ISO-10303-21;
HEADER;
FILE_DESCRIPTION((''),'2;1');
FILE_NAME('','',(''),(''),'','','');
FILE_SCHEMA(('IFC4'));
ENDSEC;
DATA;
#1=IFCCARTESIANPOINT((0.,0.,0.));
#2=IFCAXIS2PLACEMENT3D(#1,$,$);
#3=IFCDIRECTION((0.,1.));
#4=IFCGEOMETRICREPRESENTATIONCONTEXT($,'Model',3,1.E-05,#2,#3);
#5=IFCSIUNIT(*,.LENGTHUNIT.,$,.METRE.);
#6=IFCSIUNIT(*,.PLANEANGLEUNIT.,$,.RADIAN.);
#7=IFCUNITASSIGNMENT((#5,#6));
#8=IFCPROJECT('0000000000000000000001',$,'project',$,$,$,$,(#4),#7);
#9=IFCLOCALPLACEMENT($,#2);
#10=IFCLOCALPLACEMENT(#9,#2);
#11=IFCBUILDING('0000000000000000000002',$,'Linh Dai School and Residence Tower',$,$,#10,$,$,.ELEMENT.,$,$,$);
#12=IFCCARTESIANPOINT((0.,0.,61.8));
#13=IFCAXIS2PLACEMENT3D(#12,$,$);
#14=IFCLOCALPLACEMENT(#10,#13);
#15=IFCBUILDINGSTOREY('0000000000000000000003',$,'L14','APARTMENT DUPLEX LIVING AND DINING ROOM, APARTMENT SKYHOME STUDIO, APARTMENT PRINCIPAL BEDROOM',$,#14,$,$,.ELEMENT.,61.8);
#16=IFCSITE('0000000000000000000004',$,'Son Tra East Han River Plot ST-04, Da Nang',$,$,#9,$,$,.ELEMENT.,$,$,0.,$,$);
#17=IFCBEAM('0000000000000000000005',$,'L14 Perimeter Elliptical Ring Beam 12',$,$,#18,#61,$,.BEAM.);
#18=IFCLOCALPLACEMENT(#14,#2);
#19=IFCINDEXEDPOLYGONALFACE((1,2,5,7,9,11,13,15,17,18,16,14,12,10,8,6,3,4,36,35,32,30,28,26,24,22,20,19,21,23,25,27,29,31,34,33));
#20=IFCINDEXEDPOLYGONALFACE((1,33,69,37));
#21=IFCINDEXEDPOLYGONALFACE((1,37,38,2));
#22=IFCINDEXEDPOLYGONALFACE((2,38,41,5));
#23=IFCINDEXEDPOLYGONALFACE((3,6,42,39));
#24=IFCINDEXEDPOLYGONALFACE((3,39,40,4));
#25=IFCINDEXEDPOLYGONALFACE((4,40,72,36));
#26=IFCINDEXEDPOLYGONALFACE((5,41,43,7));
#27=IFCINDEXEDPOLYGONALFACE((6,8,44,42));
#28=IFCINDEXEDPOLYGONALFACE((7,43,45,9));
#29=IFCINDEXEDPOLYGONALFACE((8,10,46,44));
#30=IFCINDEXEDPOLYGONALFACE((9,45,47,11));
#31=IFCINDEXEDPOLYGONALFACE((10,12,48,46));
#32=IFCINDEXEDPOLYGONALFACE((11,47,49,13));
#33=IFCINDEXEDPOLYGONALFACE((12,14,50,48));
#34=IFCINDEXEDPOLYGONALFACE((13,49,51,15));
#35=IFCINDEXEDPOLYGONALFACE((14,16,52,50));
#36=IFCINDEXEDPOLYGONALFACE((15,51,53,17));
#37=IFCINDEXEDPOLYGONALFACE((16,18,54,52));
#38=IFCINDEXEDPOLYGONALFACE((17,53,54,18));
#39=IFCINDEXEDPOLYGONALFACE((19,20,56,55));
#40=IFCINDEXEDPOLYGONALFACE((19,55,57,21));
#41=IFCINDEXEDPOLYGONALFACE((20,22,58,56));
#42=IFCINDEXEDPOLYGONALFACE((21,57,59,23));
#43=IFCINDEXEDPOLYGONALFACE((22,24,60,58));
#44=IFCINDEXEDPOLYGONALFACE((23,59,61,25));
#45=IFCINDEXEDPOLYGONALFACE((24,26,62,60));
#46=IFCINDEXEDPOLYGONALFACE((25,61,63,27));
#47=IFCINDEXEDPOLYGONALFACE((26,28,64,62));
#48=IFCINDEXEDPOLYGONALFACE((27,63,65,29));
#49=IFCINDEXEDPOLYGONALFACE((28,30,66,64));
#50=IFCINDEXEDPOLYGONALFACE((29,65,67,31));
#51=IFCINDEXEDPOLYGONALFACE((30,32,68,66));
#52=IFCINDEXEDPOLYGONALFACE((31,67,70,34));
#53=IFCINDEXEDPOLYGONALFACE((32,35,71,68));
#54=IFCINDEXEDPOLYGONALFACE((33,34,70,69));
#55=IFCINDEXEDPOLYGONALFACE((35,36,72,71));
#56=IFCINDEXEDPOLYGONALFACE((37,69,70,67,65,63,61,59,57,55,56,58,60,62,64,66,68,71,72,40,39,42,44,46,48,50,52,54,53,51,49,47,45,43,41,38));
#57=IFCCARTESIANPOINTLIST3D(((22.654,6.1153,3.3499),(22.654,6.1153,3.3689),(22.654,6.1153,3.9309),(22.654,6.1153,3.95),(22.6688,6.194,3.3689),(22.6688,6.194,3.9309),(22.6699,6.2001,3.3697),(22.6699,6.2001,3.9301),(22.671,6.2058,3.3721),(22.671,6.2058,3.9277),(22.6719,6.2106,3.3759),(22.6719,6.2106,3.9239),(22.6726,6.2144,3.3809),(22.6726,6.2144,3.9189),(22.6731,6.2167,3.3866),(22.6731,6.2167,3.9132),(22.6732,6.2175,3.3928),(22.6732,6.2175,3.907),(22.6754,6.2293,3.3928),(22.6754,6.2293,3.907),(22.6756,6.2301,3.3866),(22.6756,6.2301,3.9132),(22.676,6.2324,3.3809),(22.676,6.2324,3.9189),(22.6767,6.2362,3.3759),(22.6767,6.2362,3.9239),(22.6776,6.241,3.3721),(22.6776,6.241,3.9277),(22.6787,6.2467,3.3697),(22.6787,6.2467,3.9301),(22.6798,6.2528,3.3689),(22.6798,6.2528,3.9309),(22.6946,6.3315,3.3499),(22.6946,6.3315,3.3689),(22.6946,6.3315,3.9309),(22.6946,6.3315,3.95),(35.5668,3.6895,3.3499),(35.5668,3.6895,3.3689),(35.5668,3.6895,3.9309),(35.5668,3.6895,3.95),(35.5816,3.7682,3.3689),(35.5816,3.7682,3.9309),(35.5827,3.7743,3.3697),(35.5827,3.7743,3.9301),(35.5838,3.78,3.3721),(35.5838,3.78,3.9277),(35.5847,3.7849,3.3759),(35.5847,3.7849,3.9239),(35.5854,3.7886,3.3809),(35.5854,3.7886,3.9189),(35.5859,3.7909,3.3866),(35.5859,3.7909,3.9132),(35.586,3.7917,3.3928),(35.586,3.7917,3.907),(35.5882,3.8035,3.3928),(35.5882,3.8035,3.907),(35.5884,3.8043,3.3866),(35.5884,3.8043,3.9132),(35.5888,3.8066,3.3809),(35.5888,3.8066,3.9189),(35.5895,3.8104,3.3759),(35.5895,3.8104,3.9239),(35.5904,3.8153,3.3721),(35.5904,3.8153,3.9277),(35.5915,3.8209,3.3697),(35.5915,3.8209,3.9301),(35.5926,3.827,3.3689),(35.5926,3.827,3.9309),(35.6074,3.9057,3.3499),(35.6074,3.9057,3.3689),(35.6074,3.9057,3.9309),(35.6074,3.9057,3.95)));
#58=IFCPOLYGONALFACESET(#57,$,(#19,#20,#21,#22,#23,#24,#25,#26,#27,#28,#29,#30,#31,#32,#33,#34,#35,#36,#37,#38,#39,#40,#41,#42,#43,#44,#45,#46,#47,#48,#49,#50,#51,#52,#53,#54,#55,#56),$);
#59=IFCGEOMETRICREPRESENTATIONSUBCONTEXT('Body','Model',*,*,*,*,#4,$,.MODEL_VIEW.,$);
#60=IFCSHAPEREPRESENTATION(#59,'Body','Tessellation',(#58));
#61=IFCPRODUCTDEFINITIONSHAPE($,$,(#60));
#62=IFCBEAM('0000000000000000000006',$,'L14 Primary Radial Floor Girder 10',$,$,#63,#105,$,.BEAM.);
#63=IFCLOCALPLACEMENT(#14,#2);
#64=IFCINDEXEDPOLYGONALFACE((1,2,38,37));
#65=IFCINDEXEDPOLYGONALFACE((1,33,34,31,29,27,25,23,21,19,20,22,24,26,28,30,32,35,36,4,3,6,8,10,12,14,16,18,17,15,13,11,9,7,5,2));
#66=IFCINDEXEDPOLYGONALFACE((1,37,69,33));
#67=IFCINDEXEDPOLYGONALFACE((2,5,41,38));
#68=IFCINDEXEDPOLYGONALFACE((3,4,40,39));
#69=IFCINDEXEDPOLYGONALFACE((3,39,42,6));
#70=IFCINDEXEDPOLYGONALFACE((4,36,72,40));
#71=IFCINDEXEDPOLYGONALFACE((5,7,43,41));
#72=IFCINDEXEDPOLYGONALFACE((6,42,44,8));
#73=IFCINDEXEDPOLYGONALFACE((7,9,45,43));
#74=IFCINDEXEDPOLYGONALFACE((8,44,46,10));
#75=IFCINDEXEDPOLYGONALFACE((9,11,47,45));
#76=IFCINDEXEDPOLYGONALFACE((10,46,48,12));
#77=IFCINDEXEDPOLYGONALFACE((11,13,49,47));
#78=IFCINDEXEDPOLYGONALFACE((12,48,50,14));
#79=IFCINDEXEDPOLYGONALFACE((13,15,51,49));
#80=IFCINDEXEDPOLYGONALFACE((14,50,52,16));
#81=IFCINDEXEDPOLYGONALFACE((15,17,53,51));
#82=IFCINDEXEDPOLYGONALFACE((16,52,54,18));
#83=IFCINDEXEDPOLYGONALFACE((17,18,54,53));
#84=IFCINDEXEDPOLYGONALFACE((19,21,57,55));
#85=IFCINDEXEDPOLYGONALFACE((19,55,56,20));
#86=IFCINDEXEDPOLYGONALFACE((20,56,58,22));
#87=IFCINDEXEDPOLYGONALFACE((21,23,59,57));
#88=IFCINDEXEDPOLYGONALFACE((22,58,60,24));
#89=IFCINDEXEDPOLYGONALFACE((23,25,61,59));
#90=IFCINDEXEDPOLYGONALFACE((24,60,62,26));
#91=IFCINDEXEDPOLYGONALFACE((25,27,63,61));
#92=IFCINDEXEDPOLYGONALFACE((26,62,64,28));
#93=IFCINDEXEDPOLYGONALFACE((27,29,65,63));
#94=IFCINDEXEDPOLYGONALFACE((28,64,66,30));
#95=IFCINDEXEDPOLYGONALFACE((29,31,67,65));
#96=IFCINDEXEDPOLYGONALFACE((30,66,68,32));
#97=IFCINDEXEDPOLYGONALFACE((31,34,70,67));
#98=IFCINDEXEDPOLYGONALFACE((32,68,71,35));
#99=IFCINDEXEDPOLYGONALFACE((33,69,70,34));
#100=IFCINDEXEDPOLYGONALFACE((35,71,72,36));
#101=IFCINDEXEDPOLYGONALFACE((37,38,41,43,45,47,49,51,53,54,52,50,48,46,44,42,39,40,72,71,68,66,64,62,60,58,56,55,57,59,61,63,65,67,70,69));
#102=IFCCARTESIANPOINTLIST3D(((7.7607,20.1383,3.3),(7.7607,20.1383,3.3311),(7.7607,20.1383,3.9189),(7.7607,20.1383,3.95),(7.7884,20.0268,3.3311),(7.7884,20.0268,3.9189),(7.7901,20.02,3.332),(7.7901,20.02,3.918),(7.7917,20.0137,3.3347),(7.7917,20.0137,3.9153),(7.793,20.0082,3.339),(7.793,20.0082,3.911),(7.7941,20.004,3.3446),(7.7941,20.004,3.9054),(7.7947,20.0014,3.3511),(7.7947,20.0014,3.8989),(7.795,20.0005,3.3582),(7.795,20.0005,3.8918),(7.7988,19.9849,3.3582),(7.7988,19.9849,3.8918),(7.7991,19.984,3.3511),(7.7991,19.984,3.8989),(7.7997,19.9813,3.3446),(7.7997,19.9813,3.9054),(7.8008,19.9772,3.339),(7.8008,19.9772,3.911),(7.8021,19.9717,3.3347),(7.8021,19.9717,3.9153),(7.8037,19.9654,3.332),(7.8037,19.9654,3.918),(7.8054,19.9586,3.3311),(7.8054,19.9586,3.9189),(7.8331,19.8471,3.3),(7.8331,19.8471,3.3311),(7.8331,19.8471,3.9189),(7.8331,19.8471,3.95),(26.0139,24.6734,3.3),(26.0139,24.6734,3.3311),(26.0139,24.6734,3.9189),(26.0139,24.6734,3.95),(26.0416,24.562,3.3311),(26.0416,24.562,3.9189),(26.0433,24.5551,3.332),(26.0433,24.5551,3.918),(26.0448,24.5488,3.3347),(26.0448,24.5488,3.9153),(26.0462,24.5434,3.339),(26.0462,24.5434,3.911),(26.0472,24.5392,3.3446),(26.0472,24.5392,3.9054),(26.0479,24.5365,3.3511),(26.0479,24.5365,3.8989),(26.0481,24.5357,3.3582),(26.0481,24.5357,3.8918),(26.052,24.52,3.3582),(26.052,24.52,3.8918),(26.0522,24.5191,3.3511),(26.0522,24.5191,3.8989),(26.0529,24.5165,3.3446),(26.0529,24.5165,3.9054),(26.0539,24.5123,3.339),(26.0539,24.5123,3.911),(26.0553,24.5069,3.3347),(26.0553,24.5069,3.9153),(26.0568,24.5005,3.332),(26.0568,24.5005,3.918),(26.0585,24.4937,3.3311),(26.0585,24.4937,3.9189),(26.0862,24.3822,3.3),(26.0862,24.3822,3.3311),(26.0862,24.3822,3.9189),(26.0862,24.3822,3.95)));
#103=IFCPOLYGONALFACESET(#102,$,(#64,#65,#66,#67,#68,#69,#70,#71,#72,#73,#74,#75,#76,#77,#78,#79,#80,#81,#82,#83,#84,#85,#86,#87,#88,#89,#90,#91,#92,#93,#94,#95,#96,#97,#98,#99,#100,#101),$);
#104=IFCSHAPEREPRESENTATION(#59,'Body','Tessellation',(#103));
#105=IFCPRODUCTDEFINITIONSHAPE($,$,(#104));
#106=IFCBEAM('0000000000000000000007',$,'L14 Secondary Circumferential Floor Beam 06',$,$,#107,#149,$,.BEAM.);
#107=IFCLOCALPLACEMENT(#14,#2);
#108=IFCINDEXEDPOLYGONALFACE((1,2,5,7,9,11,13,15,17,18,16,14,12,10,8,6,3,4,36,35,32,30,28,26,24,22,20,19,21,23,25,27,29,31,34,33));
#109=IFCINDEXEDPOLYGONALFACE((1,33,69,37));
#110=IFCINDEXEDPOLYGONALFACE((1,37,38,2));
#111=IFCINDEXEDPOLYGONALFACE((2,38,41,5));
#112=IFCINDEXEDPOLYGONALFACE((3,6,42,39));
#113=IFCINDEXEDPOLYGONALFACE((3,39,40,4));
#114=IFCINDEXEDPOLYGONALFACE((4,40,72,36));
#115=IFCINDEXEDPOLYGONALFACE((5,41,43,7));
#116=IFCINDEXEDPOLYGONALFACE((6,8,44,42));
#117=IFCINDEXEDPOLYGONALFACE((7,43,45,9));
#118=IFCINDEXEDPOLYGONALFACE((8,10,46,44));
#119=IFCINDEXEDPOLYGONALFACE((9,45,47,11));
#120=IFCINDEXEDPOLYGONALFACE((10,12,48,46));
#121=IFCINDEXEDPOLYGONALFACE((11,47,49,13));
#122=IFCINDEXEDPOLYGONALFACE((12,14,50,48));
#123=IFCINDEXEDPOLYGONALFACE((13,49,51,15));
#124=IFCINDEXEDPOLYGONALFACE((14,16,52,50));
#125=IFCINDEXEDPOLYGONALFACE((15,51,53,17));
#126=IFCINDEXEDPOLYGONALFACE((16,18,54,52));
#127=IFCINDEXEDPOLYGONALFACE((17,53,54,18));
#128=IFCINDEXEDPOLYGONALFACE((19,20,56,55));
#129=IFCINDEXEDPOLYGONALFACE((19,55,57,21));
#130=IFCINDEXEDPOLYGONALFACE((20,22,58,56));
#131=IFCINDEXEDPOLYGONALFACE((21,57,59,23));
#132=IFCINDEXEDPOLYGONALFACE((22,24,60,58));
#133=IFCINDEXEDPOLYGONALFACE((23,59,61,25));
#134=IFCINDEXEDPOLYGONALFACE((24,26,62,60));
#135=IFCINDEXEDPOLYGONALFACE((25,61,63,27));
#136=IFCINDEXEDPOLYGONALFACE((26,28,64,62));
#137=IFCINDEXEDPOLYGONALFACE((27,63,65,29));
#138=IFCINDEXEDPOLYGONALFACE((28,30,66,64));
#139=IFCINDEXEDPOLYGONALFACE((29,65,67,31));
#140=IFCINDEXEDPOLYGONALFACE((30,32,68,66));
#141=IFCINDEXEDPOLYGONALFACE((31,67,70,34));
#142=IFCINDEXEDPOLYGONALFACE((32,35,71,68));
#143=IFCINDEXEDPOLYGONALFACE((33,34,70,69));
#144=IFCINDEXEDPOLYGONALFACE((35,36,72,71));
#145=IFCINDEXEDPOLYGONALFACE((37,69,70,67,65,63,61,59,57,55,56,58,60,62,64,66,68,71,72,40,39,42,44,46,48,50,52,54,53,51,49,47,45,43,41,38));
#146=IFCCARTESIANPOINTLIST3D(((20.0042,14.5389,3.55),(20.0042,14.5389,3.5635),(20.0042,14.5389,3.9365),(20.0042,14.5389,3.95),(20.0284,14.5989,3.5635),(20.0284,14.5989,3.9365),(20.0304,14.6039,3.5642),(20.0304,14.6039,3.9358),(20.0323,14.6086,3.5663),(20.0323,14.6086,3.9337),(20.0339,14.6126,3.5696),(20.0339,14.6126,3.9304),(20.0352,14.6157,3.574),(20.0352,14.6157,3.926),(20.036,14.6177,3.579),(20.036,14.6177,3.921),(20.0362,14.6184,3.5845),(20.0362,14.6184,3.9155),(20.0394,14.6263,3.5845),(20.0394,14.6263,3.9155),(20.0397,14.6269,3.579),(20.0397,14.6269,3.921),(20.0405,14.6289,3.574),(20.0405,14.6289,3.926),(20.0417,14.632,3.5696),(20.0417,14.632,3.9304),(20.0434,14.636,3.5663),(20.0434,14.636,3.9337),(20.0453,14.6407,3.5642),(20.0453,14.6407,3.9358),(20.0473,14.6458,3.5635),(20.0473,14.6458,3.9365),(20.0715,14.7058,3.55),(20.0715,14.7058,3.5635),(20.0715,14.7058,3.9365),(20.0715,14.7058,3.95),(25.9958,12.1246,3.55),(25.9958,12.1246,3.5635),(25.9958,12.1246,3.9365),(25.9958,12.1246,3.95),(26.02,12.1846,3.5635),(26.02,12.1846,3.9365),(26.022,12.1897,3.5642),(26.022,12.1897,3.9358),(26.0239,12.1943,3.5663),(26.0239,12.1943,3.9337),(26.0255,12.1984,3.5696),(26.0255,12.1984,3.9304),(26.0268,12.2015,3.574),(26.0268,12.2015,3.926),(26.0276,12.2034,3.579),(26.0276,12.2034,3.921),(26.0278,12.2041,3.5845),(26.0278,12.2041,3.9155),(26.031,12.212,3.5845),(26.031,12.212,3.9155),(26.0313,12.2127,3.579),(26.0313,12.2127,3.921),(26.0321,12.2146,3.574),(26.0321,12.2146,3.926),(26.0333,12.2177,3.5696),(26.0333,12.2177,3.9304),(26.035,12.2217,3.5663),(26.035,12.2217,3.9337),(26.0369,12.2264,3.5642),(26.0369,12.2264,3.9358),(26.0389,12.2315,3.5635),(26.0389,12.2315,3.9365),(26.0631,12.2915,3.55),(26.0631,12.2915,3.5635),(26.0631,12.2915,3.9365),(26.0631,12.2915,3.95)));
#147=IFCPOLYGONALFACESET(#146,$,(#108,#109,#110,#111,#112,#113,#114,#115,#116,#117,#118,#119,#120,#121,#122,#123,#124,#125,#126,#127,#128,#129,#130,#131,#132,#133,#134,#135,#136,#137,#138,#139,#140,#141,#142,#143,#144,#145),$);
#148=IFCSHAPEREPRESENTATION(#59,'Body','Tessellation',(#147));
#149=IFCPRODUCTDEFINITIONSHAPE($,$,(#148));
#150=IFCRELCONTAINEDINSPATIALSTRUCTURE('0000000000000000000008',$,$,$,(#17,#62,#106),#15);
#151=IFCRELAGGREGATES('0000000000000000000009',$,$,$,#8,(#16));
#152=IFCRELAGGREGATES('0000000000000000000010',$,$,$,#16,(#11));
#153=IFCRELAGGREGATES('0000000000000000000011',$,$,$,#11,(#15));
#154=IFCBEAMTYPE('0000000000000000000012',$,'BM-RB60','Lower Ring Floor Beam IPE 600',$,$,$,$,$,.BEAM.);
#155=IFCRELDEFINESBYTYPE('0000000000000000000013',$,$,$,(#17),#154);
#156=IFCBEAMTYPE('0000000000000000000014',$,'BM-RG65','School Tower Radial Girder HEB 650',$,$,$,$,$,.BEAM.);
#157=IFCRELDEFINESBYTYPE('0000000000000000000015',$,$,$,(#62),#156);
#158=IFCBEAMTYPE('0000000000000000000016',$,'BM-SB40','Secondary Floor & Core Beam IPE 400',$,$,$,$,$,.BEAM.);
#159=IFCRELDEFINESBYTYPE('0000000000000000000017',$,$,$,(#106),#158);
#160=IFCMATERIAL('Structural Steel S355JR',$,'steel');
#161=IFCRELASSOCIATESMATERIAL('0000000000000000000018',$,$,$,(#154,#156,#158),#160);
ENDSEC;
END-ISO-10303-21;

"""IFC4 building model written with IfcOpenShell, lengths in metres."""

from ifc_helpers import new_model, si_unit, direction, frame, origin, origin_2d, place, context, subcontext, project, spatial, i_section, extrude, material, material_profile, profile_set, type_object, element, save


model = new_model("IFC4")

# Units and contexts
model_context = context("Model", 3, precision=1e-05, world=origin(), true_north=direction((0.0, 1.0)))
body_context = subcontext(model_context, "Body", "Model", "MODEL_VIEW")
ifc_project = project(units=[si_unit("LENGTHUNIT", "METRE"), si_unit("PLANEANGLEUNIT", "RADIAN")], contexts=[model_context])

# Site, building, storey
site_placement = place(None, origin())
site = spatial("IfcSite", under=ifc_project, at=site_placement, Name="Son Tra East Han River Plot ST-04, Da Nang", CompositionType="ELEMENT", RefElevation=0.0)
building_placement = place(site_placement, origin())
building = spatial("IfcBuilding", under=site, at=building_placement, Name="Linh Dai School and Residence Tower", CompositionType="ELEMENT")
storey_placement = place(building_placement, frame((0.0, 0.0, 61.8)))
storey = spatial("IfcBuildingStorey", under=building, at=storey_placement, Name="L14", Description="APARTMENT DUPLEX LIVING AND DINING ROOM, APARTMENT SKYHOME STUDIO, APARTMENT PRINCIPAL BEDROOM", CompositionType="ELEMENT", Elevation=61.8)

# Shared definitions
ifc_material_1 = material(Name="Structural Steel S355JR", Category="steel")

# Beams
ifc_material_profile_1 = material_profile(ifc_material_1, i_section(OverallWidth=0.22, OverallDepth=0.6001, WebThickness=0.012, FlangeThickness=0.019, FilletRadius=0.0239, at=origin_2d()), Name="IPE 600")
ifc_profile_set_1 = profile_set([ifc_material_profile_1], Name="Structural Steel S355JR")
beam_type_1 = type_object("IfcBeamType", Name="BM-RB60", Description="Lower Ring Floor Beam IPE 600", PredefinedType="BEAM", material=ifc_profile_set_1)
beam_1_placement = place(storey_placement, frame((22.6743, 6.2234, 3.6499), z_axis=(0.982808, -0.184628, 0.0), x_axis=(0.184628, 0.982808, 0.0)))
element("IfcBeam", 1, at=beam_1_placement, inside=storey, type_object=beam_type_1, Name="L14 Perimeter Elliptical Ring Beam 12", PredefinedType="BEAM", context=body_context, shape_type="SweptSolid", body=[
    extrude(i_section(OverallWidth=0.22, OverallDepth=0.6001, WebThickness=0.012, FlangeThickness=0.019, FilletRadius=0.0239, at=origin_2d()), origin(), (0.0, 0.0, 1.0), 13.1387),
])
ifc_material_profile_2 = material_profile(ifc_material_1, i_section(OverallWidth=0.3, OverallDepth=0.6499, WebThickness=0.0161, FlangeThickness=0.031, FilletRadius=0.0271, at=origin_2d()), Name="HEB 650")
ifc_profile_set_2 = profile_set([ifc_material_profile_2], Name="Structural Steel S355JR")
beam_type_2 = type_object("IfcBeamType", Name="BM-RG65", Description="School Tower Radial Girder HEB 650", PredefinedType="BEAM", material=ifc_profile_set_2)
beam_2_placement = place(storey_placement, frame((26.05, 24.5278, 3.625), z_axis=(-0.970493, -0.241127, 0.0), x_axis=(0.241127, -0.970493, 0.0)))
element("IfcBeam", 2, at=beam_2_placement, inside=storey, type_object=beam_type_2, Name="L14 Primary Radial Floor Girder 10", PredefinedType="BEAM", context=body_context, shape_type="SweptSolid", body=[
    extrude(i_section(OverallWidth=0.3, OverallDepth=0.6499, WebThickness=0.0161, FlangeThickness=0.031, FilletRadius=0.0271, at=origin_2d()), origin(), (0.0, 0.0, 1.0), 18.8081),
])
ifc_material_profile_3 = material_profile(ifc_material_1, i_section(OverallWidth=0.1799, OverallDepth=0.3999, WebThickness=0.0085, FlangeThickness=0.0134, FilletRadius=0.021, at=origin_2d()), Name="IPE 400")
ifc_profile_set_3 = profile_set([ifc_material_profile_3], Name="Structural Steel S355JR")
beam_type_3 = type_object("IfcBeamType", Name="BM-SB40", Description="Secondary Floor & Core Beam IPE 400", PredefinedType="BEAM", material=ifc_profile_set_3)
beam_3_placement = place(storey_placement, frame((20.0378, 14.6223, 3.75), z_axis=(0.927533, -0.373742, 0.0), x_axis=(0.373742, 0.927533, 0.0)))
element("IfcBeam", 3, at=beam_3_placement, inside=storey, type_object=beam_type_3, Name="L14 Secondary Circumferential Floor Beam 06", PredefinedType="BEAM", context=body_context, shape_type="SweptSolid", body=[
    extrude(i_section(OverallWidth=0.1799, OverallDepth=0.3999, WebThickness=0.0085, FlangeThickness=0.0134, FilletRadius=0.021, at=origin_2d()), origin(), (0.0, 0.0, 1.0), 6.4597),
])

save(model, "model.ifc")
